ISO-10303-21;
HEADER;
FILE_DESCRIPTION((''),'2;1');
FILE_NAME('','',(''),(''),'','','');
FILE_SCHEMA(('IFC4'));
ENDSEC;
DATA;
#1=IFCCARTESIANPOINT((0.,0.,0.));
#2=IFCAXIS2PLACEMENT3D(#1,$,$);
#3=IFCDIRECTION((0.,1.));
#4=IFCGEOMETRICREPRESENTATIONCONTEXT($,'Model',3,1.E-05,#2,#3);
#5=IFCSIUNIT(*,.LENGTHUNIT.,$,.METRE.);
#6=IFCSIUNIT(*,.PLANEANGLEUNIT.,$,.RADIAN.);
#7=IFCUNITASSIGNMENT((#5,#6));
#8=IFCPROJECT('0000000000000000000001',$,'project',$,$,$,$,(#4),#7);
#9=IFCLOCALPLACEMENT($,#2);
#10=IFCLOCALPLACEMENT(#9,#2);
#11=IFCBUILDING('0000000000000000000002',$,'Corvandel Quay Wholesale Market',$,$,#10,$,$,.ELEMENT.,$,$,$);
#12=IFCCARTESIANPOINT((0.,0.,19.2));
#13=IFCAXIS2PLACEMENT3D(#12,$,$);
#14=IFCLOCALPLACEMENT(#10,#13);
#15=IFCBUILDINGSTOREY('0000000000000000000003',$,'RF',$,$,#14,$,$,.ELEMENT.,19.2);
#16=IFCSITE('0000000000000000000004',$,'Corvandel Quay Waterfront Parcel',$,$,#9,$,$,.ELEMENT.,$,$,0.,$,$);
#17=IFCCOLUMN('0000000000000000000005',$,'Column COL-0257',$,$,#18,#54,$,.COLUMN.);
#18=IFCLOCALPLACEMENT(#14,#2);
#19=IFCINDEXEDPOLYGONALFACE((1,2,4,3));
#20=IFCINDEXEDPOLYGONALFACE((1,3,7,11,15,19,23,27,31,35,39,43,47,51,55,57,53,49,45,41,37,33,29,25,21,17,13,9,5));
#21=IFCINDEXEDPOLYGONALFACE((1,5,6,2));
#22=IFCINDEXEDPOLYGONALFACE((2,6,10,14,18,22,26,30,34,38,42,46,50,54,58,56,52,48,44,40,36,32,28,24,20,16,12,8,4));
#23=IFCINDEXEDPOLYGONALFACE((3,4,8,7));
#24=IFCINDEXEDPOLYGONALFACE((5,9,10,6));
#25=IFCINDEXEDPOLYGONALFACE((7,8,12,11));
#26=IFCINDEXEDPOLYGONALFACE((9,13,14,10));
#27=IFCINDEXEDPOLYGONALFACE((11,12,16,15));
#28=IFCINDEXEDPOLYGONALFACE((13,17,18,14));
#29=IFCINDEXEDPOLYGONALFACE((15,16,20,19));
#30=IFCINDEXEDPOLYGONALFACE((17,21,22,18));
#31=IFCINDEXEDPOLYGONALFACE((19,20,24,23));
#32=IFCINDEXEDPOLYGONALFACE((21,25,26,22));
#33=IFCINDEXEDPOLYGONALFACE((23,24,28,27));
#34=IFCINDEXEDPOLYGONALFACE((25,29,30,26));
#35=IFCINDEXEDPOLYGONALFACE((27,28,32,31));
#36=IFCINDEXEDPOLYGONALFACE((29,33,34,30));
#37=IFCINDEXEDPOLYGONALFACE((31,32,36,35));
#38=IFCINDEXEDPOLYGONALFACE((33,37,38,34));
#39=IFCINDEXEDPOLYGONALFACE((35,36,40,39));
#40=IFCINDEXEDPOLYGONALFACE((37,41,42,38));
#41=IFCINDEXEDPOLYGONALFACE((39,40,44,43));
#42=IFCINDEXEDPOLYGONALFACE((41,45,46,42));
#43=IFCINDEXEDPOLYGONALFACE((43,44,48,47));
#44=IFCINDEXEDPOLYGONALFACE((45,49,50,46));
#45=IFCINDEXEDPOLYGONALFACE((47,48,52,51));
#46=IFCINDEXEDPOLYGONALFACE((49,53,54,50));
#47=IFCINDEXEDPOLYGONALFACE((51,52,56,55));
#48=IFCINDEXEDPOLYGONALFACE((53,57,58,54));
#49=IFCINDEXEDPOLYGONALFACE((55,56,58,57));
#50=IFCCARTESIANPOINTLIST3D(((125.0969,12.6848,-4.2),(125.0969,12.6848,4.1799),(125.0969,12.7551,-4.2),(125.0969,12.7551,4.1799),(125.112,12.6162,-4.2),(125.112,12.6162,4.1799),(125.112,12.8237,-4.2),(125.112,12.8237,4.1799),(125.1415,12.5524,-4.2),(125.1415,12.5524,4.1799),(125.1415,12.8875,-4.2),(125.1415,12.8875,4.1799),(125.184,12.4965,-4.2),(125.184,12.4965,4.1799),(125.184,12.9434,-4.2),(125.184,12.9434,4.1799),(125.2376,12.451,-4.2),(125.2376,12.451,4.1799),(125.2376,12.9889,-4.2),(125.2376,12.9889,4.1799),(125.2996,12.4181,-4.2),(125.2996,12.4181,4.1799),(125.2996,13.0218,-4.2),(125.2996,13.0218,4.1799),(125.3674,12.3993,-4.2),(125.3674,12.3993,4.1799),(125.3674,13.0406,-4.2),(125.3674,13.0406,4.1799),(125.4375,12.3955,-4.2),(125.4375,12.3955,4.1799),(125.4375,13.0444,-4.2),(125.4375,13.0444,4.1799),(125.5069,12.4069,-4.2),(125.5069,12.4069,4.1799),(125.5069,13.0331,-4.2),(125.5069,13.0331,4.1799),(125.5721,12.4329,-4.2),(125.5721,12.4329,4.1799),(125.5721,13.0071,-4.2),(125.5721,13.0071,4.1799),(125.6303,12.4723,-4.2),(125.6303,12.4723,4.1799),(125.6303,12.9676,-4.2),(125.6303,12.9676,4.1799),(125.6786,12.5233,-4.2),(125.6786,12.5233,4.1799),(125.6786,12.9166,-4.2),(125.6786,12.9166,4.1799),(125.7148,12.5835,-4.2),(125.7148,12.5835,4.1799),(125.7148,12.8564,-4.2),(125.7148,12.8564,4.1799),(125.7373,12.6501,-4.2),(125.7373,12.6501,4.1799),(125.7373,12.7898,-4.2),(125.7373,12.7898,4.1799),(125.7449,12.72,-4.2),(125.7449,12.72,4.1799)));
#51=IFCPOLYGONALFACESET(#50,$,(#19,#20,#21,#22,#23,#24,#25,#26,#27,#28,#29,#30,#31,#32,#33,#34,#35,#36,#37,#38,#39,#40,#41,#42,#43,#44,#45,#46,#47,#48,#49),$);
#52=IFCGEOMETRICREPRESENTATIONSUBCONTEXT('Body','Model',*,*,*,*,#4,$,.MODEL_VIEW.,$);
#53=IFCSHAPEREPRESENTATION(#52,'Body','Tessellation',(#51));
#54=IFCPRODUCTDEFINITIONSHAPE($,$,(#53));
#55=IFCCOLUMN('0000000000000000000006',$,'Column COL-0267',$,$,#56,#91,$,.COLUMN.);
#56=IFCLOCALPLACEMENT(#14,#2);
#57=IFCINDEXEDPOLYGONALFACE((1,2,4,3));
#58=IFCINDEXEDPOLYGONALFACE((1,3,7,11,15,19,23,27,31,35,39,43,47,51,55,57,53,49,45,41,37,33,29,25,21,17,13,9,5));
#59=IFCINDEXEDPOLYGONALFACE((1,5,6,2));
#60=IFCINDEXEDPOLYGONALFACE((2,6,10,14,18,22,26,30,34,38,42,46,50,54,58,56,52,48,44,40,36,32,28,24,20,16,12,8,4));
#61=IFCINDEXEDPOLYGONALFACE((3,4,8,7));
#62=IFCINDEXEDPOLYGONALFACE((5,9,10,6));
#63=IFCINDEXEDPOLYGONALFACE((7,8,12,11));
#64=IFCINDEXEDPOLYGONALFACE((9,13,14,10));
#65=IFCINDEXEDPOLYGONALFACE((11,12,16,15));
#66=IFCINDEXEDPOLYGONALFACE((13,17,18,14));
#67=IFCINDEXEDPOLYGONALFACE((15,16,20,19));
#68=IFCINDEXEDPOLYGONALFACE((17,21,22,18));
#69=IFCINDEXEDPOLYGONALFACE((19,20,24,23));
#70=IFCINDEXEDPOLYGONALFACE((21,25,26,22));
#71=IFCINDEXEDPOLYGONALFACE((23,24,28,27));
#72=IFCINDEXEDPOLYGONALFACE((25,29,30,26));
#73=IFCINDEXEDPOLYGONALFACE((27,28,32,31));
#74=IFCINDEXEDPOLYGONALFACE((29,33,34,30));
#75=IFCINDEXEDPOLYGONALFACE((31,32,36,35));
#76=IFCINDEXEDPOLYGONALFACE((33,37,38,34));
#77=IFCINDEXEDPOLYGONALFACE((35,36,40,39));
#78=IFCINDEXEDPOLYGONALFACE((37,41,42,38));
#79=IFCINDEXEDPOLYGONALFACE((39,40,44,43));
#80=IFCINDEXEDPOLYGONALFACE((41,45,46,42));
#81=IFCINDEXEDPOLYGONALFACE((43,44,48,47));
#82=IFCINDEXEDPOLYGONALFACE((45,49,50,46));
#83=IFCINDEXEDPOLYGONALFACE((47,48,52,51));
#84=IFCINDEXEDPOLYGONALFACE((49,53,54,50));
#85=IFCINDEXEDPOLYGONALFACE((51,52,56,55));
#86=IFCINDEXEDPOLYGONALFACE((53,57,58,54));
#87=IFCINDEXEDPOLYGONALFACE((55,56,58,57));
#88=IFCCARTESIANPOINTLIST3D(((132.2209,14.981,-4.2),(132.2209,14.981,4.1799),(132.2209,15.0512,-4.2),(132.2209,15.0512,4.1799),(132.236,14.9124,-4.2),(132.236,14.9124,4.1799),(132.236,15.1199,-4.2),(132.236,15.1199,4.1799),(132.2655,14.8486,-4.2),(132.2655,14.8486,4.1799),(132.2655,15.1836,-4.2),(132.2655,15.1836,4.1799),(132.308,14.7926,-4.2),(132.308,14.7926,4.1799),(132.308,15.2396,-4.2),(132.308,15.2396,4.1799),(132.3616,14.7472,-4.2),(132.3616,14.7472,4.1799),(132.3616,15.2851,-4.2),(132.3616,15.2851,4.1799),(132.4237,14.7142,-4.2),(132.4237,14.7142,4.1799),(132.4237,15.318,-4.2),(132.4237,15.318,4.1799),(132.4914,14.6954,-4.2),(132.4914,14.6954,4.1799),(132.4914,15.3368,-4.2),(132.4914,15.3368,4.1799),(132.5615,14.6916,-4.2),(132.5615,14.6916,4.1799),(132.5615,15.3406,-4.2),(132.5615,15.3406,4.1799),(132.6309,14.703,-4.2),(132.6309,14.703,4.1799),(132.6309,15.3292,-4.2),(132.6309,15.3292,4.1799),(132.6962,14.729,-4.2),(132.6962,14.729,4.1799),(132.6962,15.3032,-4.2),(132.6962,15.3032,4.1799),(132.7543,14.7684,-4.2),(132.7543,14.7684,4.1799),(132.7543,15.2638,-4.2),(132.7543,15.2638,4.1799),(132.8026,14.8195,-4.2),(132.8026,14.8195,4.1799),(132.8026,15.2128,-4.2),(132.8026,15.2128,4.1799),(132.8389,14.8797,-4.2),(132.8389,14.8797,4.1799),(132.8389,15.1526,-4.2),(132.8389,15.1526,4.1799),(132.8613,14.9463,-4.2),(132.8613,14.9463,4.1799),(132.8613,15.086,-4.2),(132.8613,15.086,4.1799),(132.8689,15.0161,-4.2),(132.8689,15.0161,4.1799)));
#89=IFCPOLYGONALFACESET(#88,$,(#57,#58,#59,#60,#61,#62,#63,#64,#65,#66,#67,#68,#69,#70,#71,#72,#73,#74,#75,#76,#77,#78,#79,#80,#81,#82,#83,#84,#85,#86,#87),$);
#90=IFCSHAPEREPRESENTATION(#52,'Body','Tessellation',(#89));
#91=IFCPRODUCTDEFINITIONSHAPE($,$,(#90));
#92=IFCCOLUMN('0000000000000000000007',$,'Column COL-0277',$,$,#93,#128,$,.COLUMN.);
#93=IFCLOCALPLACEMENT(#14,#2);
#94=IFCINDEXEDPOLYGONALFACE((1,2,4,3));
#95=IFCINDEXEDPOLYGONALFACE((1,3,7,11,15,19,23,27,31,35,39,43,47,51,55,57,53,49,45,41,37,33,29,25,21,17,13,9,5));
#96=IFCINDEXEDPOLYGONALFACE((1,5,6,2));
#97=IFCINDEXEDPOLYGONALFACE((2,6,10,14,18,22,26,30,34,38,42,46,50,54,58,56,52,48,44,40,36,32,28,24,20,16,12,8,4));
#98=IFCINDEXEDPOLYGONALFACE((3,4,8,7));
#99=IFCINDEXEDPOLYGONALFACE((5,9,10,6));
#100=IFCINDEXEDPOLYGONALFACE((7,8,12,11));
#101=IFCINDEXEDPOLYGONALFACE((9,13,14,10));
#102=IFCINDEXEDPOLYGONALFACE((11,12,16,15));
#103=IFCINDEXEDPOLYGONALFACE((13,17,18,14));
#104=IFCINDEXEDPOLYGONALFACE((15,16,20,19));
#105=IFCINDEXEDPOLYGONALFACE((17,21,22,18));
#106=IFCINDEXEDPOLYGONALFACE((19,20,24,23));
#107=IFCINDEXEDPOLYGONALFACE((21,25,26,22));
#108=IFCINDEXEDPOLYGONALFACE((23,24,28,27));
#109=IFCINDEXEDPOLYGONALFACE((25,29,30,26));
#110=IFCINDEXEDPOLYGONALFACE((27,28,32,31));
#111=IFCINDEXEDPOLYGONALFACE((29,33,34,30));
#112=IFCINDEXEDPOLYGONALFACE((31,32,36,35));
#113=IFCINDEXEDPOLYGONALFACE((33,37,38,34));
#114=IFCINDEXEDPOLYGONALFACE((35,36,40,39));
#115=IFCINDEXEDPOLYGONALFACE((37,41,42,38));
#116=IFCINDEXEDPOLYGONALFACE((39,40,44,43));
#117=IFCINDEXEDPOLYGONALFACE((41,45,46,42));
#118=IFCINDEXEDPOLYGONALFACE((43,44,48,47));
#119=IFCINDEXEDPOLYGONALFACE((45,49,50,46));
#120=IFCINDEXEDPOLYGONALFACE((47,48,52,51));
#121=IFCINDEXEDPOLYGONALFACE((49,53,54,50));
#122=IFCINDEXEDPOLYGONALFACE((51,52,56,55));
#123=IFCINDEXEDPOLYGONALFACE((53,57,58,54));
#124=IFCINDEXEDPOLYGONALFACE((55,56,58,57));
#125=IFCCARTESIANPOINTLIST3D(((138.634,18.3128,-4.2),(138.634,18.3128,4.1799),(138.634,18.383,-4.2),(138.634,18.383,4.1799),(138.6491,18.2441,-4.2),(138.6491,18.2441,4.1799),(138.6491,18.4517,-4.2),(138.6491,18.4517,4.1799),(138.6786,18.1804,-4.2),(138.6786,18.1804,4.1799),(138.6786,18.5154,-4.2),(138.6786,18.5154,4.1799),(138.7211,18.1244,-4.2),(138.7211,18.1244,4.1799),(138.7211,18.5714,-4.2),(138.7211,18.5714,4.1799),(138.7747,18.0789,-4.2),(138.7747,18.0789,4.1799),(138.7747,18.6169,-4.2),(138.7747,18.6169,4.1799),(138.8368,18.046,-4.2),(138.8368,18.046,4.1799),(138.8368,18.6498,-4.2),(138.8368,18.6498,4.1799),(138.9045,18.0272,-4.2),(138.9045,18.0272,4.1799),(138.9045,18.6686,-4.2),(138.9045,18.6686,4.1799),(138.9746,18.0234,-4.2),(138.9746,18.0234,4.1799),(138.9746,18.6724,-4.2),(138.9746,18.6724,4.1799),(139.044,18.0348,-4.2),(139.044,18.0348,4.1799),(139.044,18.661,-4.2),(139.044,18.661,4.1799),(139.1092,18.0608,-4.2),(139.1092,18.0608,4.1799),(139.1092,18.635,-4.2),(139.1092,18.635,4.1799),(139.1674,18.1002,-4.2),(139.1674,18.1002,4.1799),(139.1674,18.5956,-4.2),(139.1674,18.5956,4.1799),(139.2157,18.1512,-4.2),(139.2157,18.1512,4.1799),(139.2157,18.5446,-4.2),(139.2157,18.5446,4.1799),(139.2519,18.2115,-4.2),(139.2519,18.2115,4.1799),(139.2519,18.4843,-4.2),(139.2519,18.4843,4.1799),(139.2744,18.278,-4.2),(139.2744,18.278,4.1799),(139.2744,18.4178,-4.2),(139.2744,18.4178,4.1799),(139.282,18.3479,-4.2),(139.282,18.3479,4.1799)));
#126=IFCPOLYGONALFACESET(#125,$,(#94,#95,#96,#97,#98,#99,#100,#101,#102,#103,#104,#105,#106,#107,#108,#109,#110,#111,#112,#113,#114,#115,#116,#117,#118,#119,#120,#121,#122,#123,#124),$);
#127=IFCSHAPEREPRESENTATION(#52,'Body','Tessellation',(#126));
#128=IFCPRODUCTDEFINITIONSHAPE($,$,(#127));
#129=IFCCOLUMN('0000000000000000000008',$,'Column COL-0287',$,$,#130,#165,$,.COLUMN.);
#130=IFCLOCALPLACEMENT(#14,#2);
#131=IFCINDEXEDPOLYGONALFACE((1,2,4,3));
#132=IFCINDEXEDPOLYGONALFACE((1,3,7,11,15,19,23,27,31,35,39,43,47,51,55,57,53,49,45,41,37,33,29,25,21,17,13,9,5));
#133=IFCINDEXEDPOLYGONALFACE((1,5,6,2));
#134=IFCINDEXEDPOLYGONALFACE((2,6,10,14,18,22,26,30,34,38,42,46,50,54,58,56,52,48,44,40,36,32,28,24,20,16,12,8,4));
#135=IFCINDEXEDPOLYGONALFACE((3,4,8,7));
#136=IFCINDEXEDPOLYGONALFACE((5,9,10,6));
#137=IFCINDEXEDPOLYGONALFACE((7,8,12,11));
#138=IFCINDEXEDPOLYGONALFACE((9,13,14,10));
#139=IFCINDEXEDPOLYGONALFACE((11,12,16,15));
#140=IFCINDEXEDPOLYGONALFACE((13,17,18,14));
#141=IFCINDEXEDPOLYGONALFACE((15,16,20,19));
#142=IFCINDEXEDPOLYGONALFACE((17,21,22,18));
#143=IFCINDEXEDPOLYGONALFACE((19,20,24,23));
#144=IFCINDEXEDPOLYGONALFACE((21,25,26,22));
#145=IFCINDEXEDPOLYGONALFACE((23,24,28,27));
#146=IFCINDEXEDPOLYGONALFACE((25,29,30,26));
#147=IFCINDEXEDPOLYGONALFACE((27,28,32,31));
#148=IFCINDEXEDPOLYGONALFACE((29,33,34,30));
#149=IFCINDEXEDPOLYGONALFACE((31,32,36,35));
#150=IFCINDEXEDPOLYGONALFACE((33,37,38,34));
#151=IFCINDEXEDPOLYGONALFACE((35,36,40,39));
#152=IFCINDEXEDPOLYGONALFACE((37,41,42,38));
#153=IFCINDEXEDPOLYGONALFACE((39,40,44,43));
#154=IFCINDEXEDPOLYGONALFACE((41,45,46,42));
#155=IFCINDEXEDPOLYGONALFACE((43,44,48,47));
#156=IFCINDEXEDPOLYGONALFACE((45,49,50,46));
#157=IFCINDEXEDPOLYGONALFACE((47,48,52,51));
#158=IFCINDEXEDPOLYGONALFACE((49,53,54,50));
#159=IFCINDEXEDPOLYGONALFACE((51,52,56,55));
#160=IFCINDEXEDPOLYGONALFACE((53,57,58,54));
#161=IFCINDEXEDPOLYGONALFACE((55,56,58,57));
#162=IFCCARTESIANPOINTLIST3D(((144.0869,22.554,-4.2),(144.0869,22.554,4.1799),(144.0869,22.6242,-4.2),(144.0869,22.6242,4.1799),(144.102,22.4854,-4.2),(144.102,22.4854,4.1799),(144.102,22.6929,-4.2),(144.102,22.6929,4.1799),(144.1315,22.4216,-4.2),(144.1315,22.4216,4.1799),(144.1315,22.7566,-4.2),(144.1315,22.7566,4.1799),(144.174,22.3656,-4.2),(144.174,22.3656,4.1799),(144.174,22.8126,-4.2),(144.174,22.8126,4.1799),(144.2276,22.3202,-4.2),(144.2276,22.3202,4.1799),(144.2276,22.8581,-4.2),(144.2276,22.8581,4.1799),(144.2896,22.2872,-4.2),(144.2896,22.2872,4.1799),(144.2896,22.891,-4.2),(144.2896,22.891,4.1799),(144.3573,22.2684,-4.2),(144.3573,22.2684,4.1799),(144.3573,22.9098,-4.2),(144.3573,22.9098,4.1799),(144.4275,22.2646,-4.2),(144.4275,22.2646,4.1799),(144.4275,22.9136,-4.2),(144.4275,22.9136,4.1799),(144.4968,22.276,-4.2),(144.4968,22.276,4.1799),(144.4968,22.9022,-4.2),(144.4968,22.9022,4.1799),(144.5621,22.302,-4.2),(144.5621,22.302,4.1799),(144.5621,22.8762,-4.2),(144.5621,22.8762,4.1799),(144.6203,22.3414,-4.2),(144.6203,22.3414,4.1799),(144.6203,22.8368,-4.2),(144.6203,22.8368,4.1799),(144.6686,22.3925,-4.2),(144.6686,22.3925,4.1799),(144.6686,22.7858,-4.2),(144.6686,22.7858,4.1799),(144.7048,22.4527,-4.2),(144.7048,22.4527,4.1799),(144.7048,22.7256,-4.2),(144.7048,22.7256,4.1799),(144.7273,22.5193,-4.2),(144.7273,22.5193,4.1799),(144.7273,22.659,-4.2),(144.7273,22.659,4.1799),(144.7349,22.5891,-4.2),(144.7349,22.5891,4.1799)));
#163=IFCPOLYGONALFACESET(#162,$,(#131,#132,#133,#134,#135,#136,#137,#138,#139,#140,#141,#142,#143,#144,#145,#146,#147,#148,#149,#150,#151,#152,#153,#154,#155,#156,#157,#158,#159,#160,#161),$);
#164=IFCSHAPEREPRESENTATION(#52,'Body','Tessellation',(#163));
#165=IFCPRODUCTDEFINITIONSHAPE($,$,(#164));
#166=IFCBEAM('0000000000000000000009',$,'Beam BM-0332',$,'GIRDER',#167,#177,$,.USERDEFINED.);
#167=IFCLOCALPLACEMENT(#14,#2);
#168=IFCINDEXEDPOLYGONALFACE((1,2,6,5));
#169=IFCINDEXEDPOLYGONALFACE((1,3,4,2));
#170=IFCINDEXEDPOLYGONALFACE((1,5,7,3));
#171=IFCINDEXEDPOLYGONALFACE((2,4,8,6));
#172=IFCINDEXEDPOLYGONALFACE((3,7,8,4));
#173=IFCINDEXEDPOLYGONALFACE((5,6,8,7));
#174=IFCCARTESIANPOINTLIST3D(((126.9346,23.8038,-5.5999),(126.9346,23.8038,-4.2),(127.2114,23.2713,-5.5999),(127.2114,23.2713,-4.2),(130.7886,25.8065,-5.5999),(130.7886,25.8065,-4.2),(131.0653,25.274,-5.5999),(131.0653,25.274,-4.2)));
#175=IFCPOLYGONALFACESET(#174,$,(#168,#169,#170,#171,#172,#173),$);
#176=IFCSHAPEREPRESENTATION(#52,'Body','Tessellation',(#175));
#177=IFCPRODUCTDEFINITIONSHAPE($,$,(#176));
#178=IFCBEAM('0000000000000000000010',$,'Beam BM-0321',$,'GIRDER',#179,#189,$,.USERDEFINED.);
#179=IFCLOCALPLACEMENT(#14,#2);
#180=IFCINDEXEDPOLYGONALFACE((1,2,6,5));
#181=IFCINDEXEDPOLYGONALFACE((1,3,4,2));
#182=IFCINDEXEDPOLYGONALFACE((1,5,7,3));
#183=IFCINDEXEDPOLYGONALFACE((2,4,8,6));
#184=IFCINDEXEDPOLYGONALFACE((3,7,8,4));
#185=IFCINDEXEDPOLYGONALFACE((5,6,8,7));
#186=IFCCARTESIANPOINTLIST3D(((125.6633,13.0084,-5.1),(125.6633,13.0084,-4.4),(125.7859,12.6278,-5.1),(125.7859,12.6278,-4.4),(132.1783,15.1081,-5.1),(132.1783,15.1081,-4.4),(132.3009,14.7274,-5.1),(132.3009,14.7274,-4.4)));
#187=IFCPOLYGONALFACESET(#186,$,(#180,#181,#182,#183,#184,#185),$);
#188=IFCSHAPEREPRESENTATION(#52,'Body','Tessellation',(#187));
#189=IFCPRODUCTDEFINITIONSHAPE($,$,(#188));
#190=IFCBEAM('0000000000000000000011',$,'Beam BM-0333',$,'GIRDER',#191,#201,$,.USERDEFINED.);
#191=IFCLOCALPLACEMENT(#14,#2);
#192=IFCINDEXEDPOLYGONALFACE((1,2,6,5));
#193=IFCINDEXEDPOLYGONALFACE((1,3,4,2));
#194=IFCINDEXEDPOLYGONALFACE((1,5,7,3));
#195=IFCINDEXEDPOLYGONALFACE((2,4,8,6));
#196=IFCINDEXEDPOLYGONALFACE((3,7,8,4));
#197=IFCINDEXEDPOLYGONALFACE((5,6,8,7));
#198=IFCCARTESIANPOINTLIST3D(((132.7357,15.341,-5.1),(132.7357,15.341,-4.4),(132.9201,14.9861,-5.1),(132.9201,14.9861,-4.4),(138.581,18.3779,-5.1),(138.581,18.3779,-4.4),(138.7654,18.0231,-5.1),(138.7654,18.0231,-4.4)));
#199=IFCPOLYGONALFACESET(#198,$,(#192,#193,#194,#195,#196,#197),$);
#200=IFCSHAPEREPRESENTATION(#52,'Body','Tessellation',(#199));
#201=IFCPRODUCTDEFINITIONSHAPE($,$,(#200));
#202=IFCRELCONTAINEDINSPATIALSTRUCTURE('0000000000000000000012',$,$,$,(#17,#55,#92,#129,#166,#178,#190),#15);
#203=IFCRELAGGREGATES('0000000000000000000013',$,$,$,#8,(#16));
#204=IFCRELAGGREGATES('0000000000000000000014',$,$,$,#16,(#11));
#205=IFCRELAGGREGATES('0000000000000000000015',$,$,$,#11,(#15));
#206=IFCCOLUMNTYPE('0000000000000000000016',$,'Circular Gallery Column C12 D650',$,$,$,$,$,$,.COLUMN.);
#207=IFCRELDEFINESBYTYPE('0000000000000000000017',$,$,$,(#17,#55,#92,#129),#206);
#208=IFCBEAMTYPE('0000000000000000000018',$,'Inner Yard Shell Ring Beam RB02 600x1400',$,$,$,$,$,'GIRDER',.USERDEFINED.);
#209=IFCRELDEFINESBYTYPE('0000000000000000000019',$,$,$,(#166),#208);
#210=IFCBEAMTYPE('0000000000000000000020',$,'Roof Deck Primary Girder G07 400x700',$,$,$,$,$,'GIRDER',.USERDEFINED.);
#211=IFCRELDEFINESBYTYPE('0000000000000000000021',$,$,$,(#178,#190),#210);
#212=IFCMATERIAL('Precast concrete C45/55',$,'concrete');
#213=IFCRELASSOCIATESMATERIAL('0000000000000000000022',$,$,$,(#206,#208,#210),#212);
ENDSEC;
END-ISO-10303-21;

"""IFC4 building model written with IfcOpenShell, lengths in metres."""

from ifc_helpers import new_model, si_unit, direction, frame, origin, origin_2d, place, context, subcontext, project, spatial, rectangle, circle, extrude, material, material_profile, profile_set, type_object, element, save


model = new_model("IFC4")

# Units and contexts
model_context = context("Model", 3, precision=1e-05, world=origin(), true_north=direction((0.0, 1.0)))
body_context = subcontext(model_context, "Body", "Model", "MODEL_VIEW")
ifc_project = project(units=[si_unit("LENGTHUNIT", "METRE"), si_unit("PLANEANGLEUNIT", "RADIAN")], contexts=[model_context])

# Site, building, storey
site_placement = place(None, origin())
site = spatial("IfcSite", under=ifc_project, at=site_placement, Name="Corvandel Quay Waterfront Parcel", CompositionType="ELEMENT", RefElevation=0.0)
building_placement = place(site_placement, origin())
building = spatial("IfcBuilding", under=site, at=building_placement, Name="Corvandel Quay Wholesale Market", CompositionType="ELEMENT")
storey_placement = place(building_placement, frame((0.0, 0.0, 19.2)))
storey = spatial("IfcBuildingStorey", under=building, at=storey_placement, Name="RF", CompositionType="ELEMENT", Elevation=19.2)

# Columns
ifc_material_1 = material(Name="Precast concrete C45/55", Category="concrete")
ifc_material_profile_1 = material_profile(ifc_material_1, circle(Radius=0.325, at=origin_2d()), Name="PC-COL-D650")
ifc_profile_set_1 = profile_set([ifc_material_profile_1], Name="Precast concrete C45/55")
column_type = type_object("IfcColumnType", Name="Circular Gallery Column C12 D650", PredefinedType="COLUMN", material=ifc_profile_set_1)
for number, where, z_axis, x_axis, name in (
    (1, (125.4199, 12.72, -4.2), (0.0, 0.0, 1.0), (1.0, 0.0, 0.0), "Column COL-0257"),
    (2, (132.5439, 15.0161, -4.2), (0.0, 0.0, 1.0), (1.0, 0.0, 0.0), "Column COL-0267"),
    (3, (138.957, 18.3479, -4.2), (0.0, 0.0, 1.0), (1.0, 0.0, 0.0), "Column COL-0277"),
    (4, (144.4099, 22.5891, -4.2), (0.0, 0.0, 1.0), (1.0, 0.0, 0.0), "Column COL-0287"),
):
    element("IfcColumn", number, at=place(storey_placement, frame(where, z_axis=z_axis, x_axis=x_axis)), inside=storey, type_object=column_type, Name=name, PredefinedType="COLUMN", context=body_context, shape_type="SweptSolid", body=[
        extrude(circle(Radius=0.325, at=origin_2d()), origin(), (0.0, 0.0, 1.0), 8.3799),
    ])

# Beams
ifc_material_profile_2 = material_profile(ifc_material_1, rectangle(XDim=0.6001, YDim=1.3999, at=origin_2d()), Name="PC-RING-600x1400")
ifc_profile_set_2 = profile_set([ifc_material_profile_2], Name="Precast concrete C45/55")
beam_type_1 = type_object("IfcBeamType", Name="Inner Yard Shell Ring Beam RB02 600x1400", ElementType="GIRDER", PredefinedType="USERDEFINED", material=ifc_profile_set_2)
beam_1_placement = place(storey_placement, frame((127.073, 23.5376, -4.8999), z_axis=(0.887348, 0.4611, 0.0), x_axis=(-0.4611, 0.887348, 0.0)))
element("IfcBeam", 5, at=beam_1_placement, inside=storey, type_object=beam_type_1, Name="Beam BM-0332", ObjectType="GIRDER", PredefinedType="USERDEFINED", context=body_context, shape_type="SweptSolid", body=[
    extrude(rectangle(XDim=0.6001, YDim=1.3999, at=origin_2d()), origin(), (0.0, 0.0, 1.0), 4.3433),
])
ifc_material_profile_3 = material_profile(ifc_material_1, rectangle(XDim=0.3999, YDim=0.7, at=origin_2d()), Name="PC-GIR-400x700")
ifc_profile_set_3 = profile_set([ifc_material_profile_3], Name="Precast concrete C45/55")
beam_type_2 = type_object("IfcBeamType", Name="Roof Deck Primary Girder G07 400x700", ElementType="GIRDER", PredefinedType="USERDEFINED", material=ifc_profile_set_3)
beam_2_placement = place(storey_placement, frame((125.7246, 12.8181, -4.75), z_axis=(0.951793, 0.306742, 0.0), x_axis=(-0.306742, 0.951793, 0.0)))
element("IfcBeam", 6, at=beam_2_placement, inside=storey, type_object=beam_type_2, Name="Beam BM-0321", ObjectType="GIRDER", PredefinedType="USERDEFINED", context=body_context, shape_type="SweptSolid", body=[
    extrude(rectangle(XDim=0.3999, YDim=0.7, at=origin_2d()), origin(), (0.0, 0.0, 1.0), 6.845),
])
beam_3_placement = place(storey_placement, frame((132.8279, 15.1636, -4.75), z_axis=(0.887381, 0.461036, 0.0), x_axis=(-0.461036, 0.887381, 0.0)))
element("IfcBeam", 7, at=beam_3_placement, inside=storey, type_object=beam_type_2, Name="Beam BM-0333", ObjectType="GIRDER", PredefinedType="USERDEFINED", context=body_context, shape_type="SweptSolid", body=[
    extrude(rectangle(XDim=0.3999, YDim=0.7, at=origin_2d()), origin(), (0.0, 0.0, 1.0), 6.5872),
])

save(model, "model.ifc")
